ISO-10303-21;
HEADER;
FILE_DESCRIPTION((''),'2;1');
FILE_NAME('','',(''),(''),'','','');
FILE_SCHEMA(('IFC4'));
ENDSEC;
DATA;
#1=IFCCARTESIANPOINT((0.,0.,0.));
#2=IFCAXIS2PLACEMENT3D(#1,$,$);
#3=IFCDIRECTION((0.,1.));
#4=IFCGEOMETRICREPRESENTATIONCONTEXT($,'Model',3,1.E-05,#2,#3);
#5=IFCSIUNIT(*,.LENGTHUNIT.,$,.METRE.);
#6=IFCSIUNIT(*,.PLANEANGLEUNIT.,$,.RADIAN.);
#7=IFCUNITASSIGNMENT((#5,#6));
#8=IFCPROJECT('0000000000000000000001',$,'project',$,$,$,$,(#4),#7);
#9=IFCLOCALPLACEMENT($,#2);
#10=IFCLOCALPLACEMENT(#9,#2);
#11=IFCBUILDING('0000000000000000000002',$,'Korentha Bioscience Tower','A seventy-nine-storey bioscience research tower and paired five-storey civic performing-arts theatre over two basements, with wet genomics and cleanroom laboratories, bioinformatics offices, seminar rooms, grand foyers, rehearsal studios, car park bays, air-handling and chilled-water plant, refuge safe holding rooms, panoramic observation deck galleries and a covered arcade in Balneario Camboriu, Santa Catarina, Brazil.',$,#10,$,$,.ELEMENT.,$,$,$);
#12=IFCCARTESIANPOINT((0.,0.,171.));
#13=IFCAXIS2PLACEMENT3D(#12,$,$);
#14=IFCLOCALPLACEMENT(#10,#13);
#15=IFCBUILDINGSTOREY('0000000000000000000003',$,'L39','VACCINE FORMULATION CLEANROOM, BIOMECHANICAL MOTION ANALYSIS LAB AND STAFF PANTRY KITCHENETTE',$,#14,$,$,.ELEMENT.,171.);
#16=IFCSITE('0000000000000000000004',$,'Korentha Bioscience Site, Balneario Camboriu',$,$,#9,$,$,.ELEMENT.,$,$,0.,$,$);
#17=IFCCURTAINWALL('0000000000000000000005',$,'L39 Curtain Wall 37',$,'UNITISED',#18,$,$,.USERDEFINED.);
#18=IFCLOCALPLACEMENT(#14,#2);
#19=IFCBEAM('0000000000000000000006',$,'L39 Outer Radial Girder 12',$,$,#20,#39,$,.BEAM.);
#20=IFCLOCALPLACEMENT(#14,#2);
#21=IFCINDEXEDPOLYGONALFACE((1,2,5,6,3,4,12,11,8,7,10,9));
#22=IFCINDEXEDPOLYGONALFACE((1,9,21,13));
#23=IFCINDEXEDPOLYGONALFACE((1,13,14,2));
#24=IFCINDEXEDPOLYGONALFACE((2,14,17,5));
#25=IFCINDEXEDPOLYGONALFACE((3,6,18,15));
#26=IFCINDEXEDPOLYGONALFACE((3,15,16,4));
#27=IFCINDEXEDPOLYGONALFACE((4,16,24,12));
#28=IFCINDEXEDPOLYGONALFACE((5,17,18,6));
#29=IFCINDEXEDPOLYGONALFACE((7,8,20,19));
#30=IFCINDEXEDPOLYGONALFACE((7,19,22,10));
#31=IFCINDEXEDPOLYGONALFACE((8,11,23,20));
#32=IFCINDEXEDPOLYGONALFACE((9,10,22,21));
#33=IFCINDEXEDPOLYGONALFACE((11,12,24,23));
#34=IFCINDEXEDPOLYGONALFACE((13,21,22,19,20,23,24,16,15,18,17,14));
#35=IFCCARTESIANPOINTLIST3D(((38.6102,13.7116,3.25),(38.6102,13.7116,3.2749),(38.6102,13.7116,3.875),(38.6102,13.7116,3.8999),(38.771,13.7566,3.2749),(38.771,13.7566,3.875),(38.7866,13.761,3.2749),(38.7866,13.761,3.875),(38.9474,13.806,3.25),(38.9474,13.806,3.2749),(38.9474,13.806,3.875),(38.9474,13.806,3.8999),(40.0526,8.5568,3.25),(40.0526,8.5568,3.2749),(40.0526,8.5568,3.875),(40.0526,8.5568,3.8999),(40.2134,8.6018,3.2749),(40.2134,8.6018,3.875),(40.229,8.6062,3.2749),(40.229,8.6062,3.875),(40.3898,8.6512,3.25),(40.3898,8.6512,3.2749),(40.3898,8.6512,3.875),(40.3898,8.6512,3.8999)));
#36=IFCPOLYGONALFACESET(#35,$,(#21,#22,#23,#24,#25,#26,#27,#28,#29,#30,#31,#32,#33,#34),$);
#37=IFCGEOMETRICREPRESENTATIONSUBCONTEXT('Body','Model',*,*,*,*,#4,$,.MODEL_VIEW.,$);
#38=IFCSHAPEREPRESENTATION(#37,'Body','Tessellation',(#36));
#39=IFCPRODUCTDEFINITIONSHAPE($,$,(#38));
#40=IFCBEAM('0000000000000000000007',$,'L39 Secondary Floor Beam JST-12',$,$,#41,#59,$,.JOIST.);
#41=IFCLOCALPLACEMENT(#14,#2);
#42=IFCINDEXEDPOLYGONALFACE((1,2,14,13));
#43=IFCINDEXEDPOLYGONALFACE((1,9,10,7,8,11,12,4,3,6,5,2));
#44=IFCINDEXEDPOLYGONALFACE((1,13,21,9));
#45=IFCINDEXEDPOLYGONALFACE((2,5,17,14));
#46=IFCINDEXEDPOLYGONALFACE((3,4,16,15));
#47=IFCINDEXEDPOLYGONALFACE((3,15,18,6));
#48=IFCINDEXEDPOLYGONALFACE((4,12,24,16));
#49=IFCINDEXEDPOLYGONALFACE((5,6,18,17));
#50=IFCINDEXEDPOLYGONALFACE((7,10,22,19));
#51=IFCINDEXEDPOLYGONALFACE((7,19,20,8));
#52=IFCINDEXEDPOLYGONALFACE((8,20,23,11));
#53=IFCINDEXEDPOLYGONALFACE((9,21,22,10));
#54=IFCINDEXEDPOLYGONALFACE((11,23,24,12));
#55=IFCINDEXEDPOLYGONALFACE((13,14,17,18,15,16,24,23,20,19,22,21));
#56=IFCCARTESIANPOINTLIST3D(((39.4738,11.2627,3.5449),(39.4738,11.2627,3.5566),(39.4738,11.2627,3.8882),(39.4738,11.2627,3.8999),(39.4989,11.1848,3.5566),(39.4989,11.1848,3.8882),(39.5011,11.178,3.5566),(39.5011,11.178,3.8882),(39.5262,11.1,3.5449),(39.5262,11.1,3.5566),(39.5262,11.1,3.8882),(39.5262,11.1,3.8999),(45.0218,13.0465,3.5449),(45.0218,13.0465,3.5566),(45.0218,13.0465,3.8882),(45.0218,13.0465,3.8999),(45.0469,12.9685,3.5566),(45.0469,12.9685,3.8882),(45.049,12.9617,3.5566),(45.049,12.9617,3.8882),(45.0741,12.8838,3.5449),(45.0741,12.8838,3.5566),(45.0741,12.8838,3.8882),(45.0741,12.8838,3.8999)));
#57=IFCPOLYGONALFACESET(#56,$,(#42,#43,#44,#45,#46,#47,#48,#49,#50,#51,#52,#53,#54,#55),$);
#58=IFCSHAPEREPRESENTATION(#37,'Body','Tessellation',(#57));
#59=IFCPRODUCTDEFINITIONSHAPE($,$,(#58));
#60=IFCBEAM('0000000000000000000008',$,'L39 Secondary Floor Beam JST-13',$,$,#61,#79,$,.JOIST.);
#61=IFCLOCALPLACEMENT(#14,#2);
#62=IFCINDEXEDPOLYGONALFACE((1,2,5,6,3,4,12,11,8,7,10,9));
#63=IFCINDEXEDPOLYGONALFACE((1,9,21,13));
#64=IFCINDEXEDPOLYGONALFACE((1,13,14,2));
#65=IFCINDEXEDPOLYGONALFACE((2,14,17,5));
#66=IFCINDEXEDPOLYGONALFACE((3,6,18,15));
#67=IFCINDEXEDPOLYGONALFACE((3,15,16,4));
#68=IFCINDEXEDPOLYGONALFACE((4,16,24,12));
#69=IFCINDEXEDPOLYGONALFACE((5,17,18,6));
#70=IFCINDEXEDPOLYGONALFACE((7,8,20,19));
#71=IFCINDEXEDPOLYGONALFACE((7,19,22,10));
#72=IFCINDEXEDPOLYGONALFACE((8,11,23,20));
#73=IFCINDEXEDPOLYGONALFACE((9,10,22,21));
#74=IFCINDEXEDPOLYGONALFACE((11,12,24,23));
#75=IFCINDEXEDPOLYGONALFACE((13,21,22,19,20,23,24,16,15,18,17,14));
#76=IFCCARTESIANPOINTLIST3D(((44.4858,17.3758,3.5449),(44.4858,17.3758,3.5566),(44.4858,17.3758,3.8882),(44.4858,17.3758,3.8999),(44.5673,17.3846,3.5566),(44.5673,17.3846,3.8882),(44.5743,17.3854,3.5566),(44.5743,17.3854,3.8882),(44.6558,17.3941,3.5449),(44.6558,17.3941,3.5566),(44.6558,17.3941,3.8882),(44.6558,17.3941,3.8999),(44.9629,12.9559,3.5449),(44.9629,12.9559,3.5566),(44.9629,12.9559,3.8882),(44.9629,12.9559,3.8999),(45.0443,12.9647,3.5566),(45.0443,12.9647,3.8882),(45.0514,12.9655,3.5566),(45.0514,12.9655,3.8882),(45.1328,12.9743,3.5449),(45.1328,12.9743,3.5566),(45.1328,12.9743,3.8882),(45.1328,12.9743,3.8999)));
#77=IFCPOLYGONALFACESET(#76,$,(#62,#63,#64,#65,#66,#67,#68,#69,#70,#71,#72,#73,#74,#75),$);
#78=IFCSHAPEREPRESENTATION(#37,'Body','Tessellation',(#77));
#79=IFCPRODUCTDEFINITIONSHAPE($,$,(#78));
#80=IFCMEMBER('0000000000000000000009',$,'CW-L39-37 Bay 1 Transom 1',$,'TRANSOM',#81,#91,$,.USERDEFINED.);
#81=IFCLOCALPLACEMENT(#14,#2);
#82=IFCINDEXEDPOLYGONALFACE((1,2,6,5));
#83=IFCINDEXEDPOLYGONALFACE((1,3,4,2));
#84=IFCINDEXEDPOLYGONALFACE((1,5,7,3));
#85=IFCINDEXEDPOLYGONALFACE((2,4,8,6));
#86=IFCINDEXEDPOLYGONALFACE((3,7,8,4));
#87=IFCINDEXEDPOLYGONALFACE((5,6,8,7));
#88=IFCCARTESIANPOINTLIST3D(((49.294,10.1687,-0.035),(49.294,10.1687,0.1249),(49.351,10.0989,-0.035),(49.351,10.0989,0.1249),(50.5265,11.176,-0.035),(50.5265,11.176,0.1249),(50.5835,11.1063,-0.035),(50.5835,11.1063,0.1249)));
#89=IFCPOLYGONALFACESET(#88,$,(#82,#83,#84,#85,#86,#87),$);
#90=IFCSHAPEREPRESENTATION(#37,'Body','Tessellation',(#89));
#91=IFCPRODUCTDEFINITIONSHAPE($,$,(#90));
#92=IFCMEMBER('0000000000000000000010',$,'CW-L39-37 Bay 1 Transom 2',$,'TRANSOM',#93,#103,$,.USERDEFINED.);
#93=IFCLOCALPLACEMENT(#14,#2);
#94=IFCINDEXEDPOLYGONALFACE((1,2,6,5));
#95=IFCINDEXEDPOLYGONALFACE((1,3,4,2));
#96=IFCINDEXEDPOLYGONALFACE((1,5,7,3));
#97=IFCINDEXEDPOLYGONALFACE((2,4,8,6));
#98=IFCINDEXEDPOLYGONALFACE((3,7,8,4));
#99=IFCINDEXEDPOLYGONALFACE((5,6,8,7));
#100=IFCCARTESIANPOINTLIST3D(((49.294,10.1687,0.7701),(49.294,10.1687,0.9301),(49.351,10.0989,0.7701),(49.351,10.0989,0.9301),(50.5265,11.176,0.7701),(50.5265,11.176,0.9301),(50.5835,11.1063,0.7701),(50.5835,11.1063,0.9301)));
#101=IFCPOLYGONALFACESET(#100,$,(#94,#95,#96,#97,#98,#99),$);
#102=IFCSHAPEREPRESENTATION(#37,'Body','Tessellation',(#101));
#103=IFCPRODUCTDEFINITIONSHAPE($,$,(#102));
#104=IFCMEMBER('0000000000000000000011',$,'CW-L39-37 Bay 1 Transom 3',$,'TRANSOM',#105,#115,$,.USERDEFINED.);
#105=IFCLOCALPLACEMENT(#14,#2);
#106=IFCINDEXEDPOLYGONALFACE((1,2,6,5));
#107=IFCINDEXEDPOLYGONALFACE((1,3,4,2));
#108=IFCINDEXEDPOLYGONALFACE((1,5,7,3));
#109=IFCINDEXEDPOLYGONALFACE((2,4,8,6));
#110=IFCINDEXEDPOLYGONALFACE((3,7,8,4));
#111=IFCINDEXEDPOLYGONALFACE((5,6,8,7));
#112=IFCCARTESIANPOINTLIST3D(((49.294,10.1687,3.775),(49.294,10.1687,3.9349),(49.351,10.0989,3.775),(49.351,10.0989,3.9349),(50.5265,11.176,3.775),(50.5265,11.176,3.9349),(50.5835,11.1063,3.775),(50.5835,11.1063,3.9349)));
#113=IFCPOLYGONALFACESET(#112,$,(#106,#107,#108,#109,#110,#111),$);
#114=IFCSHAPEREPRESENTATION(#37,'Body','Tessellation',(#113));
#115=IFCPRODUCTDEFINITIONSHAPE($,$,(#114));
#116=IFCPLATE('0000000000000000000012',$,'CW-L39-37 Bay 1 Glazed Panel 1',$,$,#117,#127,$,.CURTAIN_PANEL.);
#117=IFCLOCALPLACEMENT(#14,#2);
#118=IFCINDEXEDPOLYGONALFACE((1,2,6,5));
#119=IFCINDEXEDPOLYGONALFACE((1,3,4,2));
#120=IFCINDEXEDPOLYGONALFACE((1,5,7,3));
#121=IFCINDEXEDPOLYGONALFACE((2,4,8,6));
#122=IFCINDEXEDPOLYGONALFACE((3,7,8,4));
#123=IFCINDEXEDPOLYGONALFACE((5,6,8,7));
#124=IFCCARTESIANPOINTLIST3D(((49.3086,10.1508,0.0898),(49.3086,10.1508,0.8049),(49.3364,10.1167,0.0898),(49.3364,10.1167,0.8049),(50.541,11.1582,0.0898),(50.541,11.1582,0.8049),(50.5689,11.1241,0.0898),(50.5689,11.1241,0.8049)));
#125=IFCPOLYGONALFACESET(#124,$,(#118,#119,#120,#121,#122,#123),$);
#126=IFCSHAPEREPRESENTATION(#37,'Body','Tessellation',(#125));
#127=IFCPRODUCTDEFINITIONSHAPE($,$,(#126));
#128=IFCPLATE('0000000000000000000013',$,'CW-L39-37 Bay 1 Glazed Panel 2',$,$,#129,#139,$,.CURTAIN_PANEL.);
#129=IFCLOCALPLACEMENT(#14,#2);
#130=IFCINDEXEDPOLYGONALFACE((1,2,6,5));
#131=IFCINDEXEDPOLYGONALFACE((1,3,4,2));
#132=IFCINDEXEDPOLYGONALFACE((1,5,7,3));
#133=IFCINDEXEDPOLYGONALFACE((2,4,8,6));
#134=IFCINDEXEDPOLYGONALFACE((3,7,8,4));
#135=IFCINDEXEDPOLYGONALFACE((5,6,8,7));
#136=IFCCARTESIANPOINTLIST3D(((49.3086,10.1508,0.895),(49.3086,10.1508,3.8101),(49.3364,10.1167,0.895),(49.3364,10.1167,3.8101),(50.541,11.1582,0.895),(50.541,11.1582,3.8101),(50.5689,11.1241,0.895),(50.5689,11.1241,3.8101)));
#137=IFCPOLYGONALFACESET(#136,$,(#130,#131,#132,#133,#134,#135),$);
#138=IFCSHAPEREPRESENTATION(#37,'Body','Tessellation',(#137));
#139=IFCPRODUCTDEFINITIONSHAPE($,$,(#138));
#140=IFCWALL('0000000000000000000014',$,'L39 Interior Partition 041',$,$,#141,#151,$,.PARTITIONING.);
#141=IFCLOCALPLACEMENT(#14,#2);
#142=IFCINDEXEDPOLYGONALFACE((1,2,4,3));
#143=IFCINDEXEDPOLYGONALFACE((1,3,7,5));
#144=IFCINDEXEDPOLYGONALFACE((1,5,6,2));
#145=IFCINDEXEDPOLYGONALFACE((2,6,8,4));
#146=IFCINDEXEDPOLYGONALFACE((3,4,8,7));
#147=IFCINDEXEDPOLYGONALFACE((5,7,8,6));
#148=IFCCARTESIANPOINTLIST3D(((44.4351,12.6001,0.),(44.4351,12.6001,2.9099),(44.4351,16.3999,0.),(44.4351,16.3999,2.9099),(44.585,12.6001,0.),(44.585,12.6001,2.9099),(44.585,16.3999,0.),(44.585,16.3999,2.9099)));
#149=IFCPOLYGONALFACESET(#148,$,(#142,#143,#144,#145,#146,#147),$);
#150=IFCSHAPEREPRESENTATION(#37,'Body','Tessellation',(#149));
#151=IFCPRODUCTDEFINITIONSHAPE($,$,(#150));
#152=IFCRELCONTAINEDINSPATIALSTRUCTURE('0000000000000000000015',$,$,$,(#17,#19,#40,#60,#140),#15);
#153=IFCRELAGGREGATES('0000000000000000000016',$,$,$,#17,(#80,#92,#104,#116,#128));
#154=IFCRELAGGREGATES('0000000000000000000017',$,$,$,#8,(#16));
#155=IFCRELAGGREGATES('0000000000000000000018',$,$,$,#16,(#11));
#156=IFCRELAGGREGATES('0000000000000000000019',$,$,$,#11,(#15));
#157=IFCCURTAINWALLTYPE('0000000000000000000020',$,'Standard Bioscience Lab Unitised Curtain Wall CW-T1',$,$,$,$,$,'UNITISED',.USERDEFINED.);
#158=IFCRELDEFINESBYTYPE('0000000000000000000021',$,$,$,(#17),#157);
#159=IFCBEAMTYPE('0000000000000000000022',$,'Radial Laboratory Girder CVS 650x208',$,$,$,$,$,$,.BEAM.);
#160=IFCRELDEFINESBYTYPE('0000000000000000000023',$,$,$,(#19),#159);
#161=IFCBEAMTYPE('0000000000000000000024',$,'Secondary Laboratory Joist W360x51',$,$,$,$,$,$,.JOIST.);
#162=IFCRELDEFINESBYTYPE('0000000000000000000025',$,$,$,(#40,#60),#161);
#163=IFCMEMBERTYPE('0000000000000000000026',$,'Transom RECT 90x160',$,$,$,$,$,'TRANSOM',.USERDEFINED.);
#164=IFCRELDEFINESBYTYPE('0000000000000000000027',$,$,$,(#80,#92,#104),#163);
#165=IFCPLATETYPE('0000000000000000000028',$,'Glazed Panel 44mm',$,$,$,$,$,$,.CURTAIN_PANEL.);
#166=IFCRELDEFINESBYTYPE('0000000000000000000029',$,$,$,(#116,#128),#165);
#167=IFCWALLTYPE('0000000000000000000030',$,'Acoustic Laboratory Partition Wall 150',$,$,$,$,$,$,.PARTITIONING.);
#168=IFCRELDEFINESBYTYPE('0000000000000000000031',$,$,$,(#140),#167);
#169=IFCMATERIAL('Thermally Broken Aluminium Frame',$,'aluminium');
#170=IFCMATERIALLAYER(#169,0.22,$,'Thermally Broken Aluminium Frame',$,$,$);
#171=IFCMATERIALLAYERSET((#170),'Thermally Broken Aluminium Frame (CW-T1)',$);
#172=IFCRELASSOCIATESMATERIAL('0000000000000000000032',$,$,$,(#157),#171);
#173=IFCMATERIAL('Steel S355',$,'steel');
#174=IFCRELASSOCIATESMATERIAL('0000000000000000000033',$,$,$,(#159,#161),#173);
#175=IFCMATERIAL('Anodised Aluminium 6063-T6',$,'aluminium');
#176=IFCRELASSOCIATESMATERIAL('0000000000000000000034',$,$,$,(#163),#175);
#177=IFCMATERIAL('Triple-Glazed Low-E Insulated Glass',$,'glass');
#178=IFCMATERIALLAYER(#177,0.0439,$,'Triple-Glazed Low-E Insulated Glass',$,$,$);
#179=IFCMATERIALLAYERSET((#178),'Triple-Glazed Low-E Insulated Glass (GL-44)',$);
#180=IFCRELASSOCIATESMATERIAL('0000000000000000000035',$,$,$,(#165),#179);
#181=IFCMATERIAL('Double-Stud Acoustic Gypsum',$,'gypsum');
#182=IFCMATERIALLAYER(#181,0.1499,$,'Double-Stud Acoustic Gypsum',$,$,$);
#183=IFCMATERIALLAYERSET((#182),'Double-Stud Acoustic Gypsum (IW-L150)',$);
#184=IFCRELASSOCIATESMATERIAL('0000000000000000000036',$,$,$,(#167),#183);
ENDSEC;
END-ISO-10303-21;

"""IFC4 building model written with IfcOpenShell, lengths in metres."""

from ifc_helpers import new_model, si_unit, direction, frame, frame_2d, origin, origin_2d, place, context, subcontext, project, spatial, rectangle, i_section, extrude, material, layer, layer_set, material_profile, profile_set, type_object, element, aggregate, save


model = new_model("IFC4")

# Units and contexts
model_context = context("Model", 3, precision=1e-05, world=origin(), true_north=direction((0.0, 1.0)))
body_context = subcontext(model_context, "Body", "Model", "MODEL_VIEW")
ifc_project = project(units=[si_unit("LENGTHUNIT", "METRE"), si_unit("PLANEANGLEUNIT", "RADIAN")], contexts=[model_context])

# Site, building, storey
site_placement = place(None, origin())
site = spatial("IfcSite", under=ifc_project, at=site_placement, Name="Korentha Bioscience Site, Balneario Camboriu", CompositionType="ELEMENT", RefElevation=0.0)
building_placement = place(site_placement, origin())
building = spatial("IfcBuilding", under=site, at=building_placement, Name="Korentha Bioscience Tower", Description="A seventy-nine-storey bioscience research tower and paired five-storey civic performing-arts theatre over two basements, with wet genomics and cleanroom laboratories, bioinformatics offices, seminar rooms, grand foyers, rehearsal studios, car park bays, air-handling and chilled-water plant, refuge safe holding rooms, panoramic observation deck galleries and a covered arcade in Balneario Camboriu, Santa Catarina, Brazil.", CompositionType="ELEMENT")
storey_placement = place(building_placement, frame((0.0, 0.0, 171.0)))
storey = spatial("IfcBuildingStorey", under=building, at=storey_placement, Name="L39", Description="VACCINE FORMULATION CLEANROOM, BIOMECHANICAL MOTION ANALYSIS LAB AND STAFF PANTRY KITCHENETTE", CompositionType="ELEMENT", Elevation=171.0)

# Shared definitions
ifc_material_1 = material(Name="Steel S355", Category="steel")

# Curtain wall
ifc_material_2 = material(Name="Thermally Broken Aluminium Frame", Category="aluminium")
ifc_layer_1 = layer(ifc_material_2, 0.22, Name="Thermally Broken Aluminium Frame")
ifc_layer_set_1 = layer_set([ifc_layer_1], Name="Thermally Broken Aluminium Frame (CW-T1)")
curtain_wall_type = type_object("IfcCurtainWallType", Name="Standard Bioscience Lab Unitised Curtain Wall CW-T1", ElementType="UNITISED", PredefinedType="USERDEFINED", material=ifc_layer_set_1)
curtain_wall_placement = place(storey_placement, origin())
curtain_wall = element("IfcCurtainWall", 1, at=curtain_wall_placement, inside=storey, type_object=curtain_wall_type, Name="L39 Curtain Wall 37", ObjectType="UNITISED", PredefinedType="USERDEFINED")
ifc_material_3 = material(Name="Anodised Aluminium 6063-T6", Category="aluminium")

# Beams
ifc_material_profile_1 = material_profile(ifc_material_1, i_section(OverallWidth=0.3501, OverallDepth=0.6499, WebThickness=0.0161, FlangeThickness=0.0249, at=origin_2d()), Name="Steel S355")
ifc_profile_set_1 = profile_set([ifc_material_profile_1], Name="Steel S355 (RB-650)")
beam_type_1 = type_object("IfcBeamType", Name="Radial Laboratory Girder CVS 650x208", PredefinedType="BEAM", material=ifc_profile_set_1)
beam_1_placement = place(storey_placement, frame((38.7788, 13.7588, 3.575), z_axis=(0.269464, -0.96301, 0.0), x_axis=(0.96301, 0.269464, 0.0)))
element("IfcBeam", 2, at=beam_1_placement, inside=storey, type_object=beam_type_1, Name="L39 Outer Radial Girder 12", PredefinedType="BEAM", context=body_context, shape_type="SweptSolid", body=[
    extrude(i_section(OverallWidth=0.3501, OverallDepth=0.6499, WebThickness=0.0161, FlangeThickness=0.0249, at=origin_2d()), origin(), (0.0, 0.0, 1.0), 5.3528),
])
ifc_material_profile_2 = material_profile(ifc_material_1, i_section(OverallWidth=0.1709, OverallDepth=0.355, WebThickness=0.0071, FlangeThickness=0.0117, at=origin_2d()), Name="Steel S355")
ifc_profile_set_2 = profile_set([ifc_material_profile_2], Name="Steel S355 (JB-360)")
beam_type_2 = type_object("IfcBeamType", Name="Secondary Laboratory Joist W360x51", PredefinedType="JOIST", material=ifc_profile_set_2)
beam_2_placement = place(storey_placement, frame((39.5, 11.1814, 3.7224), z_axis=(0.952006, 0.30608, 0.0), x_axis=(-0.30608, 0.952006, 0.0)))
element("IfcBeam", 3, at=beam_2_placement, inside=storey, type_object=beam_type_2, Name="L39 Secondary Floor Beam JST-12", PredefinedType="JOIST", context=body_context, shape_type="SweptSolid", body=[
    extrude(i_section(OverallWidth=0.1709, OverallDepth=0.355, WebThickness=0.0071, FlangeThickness=0.0117, at=origin_2d()), origin(), (0.0, 0.0, 1.0), 5.8276),
])
beam_3_placement = place(storey_placement, frame((45.0479, 12.9651, 3.7224), z_axis=(-0.107309, 0.994226, 0.0), x_axis=(-0.994226, -0.107309, 0.0)))
element("IfcBeam", 4, at=beam_3_placement, inside=storey, type_object=beam_type_2, Name="L39 Secondary Floor Beam JST-13", PredefinedType="JOIST", context=body_context, shape_type="SweptSolid", body=[
    extrude(i_section(OverallWidth=0.1709, OverallDepth=0.355, WebThickness=0.0071, FlangeThickness=0.0117, at=origin_2d()), origin(), (0.0, 0.0, 1.0), 4.4456),
])

# Members
ifc_material_profile_3 = material_profile(ifc_material_3, rectangle(XDim=0.0901, YDim=0.1599, at=origin_2d()), Name="Anodised Aluminium 6063-T6")
ifc_profile_set_3 = profile_set([ifc_material_profile_3], Name="Anodised Aluminium 6063-T6 (CW-TRN)")
member_type_1 = type_object("IfcMemberType", Name="Transom RECT 90x160", ElementType="TRANSOM", PredefinedType="USERDEFINED", material=ifc_profile_set_3)
member_1_placement = place(storey_placement, frame((49.3225, 10.1338, 0.0449), z_axis=(0.774272, 0.632853, 0.0), x_axis=(-0.632853, 0.774272, 0.0)))
member_1 = element("IfcMember", 5, at=member_1_placement, type_object=member_type_1, Name="CW-L39-37 Bay 1 Transom 1", ObjectType="TRANSOM", PredefinedType="USERDEFINED", context=body_context, shape_type="SweptSolid", body=[
    extrude(rectangle(XDim=0.0901, YDim=0.1599, at=origin_2d()), origin(), (0.0, 0.0, 1.0), 1.5918),
])
member_2_placement = place(storey_placement, frame((49.3225, 10.1338, 0.8501), z_axis=(0.774272, 0.632853, 0.0), x_axis=(-0.632853, 0.774272, 0.0)))
member_2 = element("IfcMember", 6, at=member_2_placement, type_object=member_type_1, Name="CW-L39-37 Bay 1 Transom 2", ObjectType="TRANSOM", PredefinedType="USERDEFINED", context=body_context, shape_type="SweptSolid", body=[
    extrude(rectangle(XDim=0.0901, YDim=0.1599, at=origin_2d()), origin(), (0.0, 0.0, 1.0), 1.5918),
])
member_3_placement = place(storey_placement, frame((49.3225, 10.1338, 3.855), z_axis=(0.774272, 0.632853, 0.0), x_axis=(-0.632853, 0.774272, 0.0)))
member_3 = element("IfcMember", 7, at=member_3_placement, type_object=member_type_1, Name="CW-L39-37 Bay 1 Transom 3", ObjectType="TRANSOM", PredefinedType="USERDEFINED", context=body_context, shape_type="SweptSolid", body=[
    extrude(rectangle(XDim=0.0901, YDim=0.1599, at=origin_2d()), origin(), (0.0, 0.0, 1.0), 1.5918),
])

# Plates
ifc_material_4 = material(Name="Triple-Glazed Low-E Insulated Glass", Category="glass")
ifc_layer_2 = layer(ifc_material_4, 0.0439, Name="Triple-Glazed Low-E Insulated Glass")
ifc_layer_set_2 = layer_set([ifc_layer_2], Name="Triple-Glazed Low-E Insulated Glass (GL-44)")
plate_type = type_object("IfcPlateType", Name="Glazed Panel 44mm", PredefinedType="CURTAIN_PANEL", material=ifc_layer_set_2)
plate_1_placement = place(storey_placement, frame((49.9387, 10.6375, 0.0898), z_axis=(0.0, 0.0, 1.0), x_axis=(0.774256, 0.632872, 0.0)))
plate_1 = element("IfcPlate", 8, at=plate_1_placement, type_object=plate_type, Name="CW-L39-37 Bay 1 Glazed Panel 1", PredefinedType="CURTAIN_PANEL", context=body_context, shape_type="SweptSolid", body=[
    extrude(rectangle(XDim=1.5918, YDim=0.0439, at=origin_2d()), origin(), (0.0, 0.0, 1.0), 0.7151),
])
plate_2_placement = place(storey_placement, frame((49.9387, 10.6375, 0.895), z_axis=(0.0, 0.0, 1.0), x_axis=(0.774256, 0.632872, 0.0)))
plate_2 = element("IfcPlate", 9, at=plate_2_placement, type_object=plate_type, Name="CW-L39-37 Bay 1 Glazed Panel 2", PredefinedType="CURTAIN_PANEL", context=body_context, shape_type="SweptSolid", body=[
    extrude(rectangle(XDim=1.5918, YDim=0.0439, at=origin_2d()), origin(), (0.0, 0.0, 1.0), 2.915),
])
aggregate(curtain_wall, [member_1, member_2, member_3, plate_1, plate_2])

# Wall
ifc_material_5 = material(Name="Double-Stud Acoustic Gypsum", Category="gypsum")
ifc_layer_3 = layer(ifc_material_5, 0.1499, Name="Double-Stud Acoustic Gypsum")
ifc_layer_set_3 = layer_set([ifc_layer_3], Name="Double-Stud Acoustic Gypsum (IW-L150)")
wall_type_1 = type_object("IfcWallType", Name="Acoustic Laboratory Partition Wall 150", PredefinedType="PARTITIONING", material=ifc_layer_set_3)
wall_1_placement = place(storey_placement, frame((44.51, 12.6001, 0.0), z_axis=(0.0, 0.0, 1.0), x_axis=(0.0, 1.0, 0.0)))
element("IfcWall", 10, at=wall_1_placement, inside=storey, type_object=wall_type_1, Name="L39 Interior Partition 041", PredefinedType="PARTITIONING", context=body_context, shape_type="SweptSolid", body=[
    extrude(rectangle(XDim=3.7998, YDim=0.1499, at=frame_2d((1.8999, 0.0))), origin(), (0.0, 0.0, 1.0), 2.9099),
])

save(model, "model.ifc")
